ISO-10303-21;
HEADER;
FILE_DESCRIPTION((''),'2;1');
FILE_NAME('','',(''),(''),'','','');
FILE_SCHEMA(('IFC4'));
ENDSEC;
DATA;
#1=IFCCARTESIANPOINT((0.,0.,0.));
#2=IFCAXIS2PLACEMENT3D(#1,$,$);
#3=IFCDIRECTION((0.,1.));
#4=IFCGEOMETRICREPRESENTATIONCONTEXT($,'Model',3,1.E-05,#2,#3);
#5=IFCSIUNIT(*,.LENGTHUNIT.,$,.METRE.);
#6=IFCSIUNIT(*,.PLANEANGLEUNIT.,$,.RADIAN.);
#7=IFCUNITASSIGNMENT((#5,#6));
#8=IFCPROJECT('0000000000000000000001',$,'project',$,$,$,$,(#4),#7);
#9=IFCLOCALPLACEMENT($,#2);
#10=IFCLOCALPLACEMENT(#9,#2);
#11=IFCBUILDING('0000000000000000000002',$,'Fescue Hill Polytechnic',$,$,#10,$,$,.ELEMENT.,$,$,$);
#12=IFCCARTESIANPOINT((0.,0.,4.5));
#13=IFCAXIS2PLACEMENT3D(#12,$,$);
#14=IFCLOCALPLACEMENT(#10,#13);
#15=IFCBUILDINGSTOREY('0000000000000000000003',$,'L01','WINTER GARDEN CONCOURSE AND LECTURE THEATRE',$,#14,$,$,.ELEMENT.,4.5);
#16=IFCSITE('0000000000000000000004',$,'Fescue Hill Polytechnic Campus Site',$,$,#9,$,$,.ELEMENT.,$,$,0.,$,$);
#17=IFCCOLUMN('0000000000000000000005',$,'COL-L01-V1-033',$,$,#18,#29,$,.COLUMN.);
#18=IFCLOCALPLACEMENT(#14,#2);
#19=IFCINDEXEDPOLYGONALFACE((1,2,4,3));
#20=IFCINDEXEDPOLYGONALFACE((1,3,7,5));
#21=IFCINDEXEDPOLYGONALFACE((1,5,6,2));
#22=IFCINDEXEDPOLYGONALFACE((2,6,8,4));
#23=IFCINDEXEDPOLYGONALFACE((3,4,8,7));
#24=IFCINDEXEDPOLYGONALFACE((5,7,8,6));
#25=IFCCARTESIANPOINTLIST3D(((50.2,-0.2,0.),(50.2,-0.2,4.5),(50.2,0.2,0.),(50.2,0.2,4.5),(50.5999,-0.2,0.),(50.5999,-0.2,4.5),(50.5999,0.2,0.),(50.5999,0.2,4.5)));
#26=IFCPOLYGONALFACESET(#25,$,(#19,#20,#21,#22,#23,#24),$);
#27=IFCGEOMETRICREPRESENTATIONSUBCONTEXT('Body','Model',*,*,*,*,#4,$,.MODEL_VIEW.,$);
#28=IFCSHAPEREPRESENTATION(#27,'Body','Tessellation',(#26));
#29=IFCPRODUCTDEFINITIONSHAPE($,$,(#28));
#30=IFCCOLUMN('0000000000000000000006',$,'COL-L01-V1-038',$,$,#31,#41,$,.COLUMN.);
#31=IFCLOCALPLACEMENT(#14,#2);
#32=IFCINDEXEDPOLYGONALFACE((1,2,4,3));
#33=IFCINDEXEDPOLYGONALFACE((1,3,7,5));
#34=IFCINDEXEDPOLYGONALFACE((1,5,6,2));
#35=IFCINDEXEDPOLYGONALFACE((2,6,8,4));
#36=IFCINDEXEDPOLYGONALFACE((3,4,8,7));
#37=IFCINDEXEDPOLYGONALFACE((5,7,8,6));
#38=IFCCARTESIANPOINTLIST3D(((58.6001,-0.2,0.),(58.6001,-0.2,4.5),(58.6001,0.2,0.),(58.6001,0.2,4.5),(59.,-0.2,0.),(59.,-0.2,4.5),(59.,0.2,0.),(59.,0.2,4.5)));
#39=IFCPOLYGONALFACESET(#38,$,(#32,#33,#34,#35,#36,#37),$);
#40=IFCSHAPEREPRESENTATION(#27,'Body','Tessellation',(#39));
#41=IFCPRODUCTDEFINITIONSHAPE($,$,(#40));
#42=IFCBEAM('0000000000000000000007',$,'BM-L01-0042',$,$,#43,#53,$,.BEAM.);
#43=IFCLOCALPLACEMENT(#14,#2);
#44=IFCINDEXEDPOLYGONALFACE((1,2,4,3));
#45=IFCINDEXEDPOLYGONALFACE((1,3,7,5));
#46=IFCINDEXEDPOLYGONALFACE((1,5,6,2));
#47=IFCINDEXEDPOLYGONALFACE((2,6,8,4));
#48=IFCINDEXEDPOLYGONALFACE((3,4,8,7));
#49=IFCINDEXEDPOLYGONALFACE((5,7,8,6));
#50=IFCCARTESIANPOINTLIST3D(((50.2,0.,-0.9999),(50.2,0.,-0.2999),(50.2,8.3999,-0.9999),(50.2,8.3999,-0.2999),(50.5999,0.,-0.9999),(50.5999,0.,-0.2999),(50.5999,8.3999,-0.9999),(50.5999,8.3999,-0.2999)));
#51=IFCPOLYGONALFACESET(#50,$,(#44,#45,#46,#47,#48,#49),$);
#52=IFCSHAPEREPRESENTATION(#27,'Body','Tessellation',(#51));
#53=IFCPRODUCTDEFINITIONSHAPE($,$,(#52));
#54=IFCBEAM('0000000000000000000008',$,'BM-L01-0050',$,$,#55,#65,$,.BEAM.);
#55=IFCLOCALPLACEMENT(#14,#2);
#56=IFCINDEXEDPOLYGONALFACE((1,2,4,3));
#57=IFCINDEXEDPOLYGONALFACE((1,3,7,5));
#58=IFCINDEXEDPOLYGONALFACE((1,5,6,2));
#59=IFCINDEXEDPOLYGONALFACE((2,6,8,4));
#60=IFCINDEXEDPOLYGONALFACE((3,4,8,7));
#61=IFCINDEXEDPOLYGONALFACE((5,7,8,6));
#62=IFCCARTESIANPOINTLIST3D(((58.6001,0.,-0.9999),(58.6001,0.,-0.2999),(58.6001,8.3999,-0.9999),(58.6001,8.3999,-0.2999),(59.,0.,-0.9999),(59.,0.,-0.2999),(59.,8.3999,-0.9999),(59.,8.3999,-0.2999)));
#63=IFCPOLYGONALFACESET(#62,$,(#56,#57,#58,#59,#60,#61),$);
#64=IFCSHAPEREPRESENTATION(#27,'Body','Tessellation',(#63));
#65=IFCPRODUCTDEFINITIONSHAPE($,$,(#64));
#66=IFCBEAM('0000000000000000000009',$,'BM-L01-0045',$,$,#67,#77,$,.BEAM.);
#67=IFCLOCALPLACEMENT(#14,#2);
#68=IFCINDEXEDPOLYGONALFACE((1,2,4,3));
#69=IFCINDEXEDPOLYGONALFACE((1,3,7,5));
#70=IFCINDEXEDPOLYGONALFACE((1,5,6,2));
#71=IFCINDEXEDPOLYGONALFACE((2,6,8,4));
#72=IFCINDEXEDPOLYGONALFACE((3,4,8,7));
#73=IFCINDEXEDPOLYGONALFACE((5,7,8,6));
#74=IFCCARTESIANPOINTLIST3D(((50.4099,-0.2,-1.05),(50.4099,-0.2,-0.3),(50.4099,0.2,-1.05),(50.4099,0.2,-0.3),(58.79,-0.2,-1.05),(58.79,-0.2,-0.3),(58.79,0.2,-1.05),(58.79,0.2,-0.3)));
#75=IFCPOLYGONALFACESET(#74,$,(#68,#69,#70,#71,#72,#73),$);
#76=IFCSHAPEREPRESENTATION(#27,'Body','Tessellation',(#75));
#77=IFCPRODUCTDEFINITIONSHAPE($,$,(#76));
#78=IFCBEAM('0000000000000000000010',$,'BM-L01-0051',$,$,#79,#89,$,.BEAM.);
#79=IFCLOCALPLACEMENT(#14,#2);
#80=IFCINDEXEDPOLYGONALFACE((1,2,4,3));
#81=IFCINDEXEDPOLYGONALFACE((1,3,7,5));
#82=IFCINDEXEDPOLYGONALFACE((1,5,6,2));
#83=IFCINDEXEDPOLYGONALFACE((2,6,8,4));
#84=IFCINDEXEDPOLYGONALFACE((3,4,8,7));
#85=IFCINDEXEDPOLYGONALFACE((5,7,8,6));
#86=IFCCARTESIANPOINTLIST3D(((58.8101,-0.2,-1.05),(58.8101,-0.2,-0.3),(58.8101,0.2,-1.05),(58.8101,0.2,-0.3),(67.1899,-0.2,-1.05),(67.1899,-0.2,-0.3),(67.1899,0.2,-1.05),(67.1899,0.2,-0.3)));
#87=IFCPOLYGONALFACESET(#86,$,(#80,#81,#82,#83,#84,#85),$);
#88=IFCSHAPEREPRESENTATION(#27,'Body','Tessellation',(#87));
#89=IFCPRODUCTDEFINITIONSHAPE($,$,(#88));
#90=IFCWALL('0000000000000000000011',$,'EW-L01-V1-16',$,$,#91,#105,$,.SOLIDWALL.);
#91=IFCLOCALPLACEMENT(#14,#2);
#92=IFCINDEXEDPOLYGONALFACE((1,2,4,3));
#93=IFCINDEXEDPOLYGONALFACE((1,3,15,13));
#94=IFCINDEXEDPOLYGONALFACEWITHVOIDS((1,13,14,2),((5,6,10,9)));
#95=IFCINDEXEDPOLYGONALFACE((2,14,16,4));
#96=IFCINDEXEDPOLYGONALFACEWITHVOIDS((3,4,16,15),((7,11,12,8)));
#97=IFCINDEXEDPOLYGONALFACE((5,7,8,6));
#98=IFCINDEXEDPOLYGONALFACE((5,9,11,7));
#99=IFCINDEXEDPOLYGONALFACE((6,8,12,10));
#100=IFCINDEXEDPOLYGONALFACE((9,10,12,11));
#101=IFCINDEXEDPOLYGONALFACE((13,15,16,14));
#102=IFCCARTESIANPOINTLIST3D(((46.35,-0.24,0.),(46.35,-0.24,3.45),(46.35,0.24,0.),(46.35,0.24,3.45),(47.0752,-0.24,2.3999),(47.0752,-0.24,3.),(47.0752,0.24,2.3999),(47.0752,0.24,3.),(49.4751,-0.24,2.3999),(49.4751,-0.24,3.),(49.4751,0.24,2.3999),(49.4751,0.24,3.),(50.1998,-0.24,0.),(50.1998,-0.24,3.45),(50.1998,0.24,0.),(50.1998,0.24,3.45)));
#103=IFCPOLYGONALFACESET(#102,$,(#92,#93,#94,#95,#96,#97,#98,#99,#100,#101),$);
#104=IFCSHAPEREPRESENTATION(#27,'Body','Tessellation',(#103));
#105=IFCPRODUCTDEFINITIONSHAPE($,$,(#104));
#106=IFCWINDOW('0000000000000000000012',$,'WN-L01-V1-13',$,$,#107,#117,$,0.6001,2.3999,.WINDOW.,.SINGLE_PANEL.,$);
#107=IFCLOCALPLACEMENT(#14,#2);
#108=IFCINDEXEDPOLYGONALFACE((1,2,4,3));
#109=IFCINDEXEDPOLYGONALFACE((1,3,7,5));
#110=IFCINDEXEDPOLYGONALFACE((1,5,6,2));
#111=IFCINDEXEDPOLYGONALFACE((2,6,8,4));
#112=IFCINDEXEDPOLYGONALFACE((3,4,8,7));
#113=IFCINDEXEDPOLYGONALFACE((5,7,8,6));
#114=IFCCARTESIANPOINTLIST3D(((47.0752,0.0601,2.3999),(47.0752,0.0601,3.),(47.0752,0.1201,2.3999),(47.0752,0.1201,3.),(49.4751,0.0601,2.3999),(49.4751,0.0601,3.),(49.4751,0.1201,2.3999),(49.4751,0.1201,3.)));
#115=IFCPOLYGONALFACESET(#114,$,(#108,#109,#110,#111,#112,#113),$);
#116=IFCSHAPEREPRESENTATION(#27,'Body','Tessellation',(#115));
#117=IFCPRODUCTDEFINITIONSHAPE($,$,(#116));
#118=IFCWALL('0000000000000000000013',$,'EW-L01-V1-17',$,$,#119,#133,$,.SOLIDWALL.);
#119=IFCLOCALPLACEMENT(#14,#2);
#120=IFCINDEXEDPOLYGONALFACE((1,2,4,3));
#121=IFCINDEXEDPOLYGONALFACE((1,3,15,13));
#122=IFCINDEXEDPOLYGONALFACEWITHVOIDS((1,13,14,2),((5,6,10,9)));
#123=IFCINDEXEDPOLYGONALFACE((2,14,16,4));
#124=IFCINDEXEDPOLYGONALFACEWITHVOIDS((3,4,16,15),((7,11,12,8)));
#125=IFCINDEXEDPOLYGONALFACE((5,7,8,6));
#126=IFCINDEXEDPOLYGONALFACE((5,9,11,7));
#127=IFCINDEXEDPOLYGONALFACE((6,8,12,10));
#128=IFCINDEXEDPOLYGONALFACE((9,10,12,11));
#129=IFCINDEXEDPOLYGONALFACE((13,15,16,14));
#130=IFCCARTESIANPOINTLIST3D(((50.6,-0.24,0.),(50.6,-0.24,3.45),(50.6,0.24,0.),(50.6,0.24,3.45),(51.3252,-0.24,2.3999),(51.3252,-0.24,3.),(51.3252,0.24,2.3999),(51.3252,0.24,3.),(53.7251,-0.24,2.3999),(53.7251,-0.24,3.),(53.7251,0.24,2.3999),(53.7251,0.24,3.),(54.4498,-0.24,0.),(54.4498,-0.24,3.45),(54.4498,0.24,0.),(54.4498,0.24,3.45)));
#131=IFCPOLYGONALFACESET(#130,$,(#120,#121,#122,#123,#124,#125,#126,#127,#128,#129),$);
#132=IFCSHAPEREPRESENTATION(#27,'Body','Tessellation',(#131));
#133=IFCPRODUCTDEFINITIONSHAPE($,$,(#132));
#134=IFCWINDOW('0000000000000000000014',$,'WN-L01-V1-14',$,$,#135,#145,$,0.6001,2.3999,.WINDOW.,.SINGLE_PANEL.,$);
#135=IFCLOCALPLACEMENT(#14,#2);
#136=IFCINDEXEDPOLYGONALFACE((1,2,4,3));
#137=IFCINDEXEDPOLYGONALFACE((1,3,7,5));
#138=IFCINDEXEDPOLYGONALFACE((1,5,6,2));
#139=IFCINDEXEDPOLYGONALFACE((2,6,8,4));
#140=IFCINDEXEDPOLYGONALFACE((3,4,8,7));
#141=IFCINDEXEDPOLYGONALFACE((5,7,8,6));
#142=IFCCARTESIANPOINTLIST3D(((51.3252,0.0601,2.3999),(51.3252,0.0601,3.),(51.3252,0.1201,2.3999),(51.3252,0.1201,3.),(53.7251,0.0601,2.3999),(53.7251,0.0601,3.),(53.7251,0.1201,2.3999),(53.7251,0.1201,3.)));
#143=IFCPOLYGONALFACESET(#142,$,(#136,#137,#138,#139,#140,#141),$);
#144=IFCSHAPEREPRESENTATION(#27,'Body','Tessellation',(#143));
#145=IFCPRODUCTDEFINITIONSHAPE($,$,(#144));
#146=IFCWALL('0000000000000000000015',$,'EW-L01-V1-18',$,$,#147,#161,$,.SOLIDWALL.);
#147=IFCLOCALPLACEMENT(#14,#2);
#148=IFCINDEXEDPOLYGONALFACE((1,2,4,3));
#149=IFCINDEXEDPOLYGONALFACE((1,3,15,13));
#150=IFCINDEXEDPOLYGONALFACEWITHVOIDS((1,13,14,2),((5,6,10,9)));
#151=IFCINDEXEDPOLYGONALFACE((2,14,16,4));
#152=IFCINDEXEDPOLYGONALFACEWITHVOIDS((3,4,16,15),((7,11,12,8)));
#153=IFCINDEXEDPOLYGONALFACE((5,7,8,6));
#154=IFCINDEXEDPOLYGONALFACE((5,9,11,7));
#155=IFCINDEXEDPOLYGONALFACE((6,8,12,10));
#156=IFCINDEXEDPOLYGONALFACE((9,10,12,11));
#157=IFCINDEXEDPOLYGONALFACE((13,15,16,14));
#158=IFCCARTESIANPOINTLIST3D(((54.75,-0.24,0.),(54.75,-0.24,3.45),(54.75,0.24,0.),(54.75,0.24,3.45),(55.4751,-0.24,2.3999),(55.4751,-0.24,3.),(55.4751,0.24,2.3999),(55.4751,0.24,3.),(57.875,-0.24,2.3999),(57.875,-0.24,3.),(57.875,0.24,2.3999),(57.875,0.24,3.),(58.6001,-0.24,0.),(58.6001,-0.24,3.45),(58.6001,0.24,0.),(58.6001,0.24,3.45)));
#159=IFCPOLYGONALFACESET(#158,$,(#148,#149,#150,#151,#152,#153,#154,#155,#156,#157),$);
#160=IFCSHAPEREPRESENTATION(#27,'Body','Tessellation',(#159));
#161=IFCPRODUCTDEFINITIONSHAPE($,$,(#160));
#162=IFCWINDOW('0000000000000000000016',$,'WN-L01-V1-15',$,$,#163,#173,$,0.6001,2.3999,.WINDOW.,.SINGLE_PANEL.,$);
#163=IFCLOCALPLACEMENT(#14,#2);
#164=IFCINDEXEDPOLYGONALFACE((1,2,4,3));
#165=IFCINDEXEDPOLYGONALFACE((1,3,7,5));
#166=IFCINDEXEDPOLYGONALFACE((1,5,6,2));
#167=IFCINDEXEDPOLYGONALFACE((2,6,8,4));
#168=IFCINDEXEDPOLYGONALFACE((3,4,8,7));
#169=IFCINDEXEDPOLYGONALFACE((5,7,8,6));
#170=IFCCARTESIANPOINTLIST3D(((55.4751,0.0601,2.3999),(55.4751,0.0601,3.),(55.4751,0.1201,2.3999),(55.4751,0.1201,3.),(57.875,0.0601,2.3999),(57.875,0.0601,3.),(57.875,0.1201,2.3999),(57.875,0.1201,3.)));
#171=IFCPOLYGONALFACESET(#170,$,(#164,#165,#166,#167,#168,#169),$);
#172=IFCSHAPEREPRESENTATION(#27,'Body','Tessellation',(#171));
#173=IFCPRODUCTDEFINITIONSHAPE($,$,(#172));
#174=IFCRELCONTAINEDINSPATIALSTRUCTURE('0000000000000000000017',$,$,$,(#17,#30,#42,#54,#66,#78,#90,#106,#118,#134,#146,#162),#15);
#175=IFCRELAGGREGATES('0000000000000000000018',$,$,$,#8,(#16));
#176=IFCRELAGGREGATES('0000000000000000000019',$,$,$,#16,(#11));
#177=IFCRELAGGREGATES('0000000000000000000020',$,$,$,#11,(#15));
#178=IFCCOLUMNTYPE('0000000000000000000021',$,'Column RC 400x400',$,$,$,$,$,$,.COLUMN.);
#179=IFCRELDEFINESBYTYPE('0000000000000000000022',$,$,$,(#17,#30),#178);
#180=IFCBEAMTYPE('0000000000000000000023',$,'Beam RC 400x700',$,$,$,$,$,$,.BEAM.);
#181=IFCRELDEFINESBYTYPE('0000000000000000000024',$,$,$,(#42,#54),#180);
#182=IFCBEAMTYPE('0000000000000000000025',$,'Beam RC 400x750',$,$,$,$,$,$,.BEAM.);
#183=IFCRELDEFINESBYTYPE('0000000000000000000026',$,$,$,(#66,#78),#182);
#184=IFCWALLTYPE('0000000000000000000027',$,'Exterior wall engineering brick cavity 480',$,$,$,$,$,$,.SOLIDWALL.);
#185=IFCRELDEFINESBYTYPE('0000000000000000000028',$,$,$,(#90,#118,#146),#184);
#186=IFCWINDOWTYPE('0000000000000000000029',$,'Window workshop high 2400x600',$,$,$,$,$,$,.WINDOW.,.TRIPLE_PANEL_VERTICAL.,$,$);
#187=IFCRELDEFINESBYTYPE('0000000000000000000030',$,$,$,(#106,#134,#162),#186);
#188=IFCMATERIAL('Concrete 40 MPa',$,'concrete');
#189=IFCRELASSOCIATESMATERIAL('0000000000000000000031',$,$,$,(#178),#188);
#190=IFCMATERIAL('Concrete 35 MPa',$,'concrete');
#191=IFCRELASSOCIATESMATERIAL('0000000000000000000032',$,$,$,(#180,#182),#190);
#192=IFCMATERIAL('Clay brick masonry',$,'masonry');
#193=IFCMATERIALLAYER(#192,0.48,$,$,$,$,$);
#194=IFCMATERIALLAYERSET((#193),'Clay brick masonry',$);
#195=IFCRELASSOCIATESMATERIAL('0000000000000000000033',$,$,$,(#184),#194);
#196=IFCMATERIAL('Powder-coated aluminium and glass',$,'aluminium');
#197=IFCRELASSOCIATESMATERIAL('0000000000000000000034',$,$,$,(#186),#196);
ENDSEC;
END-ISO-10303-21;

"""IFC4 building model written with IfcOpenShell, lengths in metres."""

from ifc_helpers import new_model, si_unit, direction, frame, frame_2d, origin, origin_2d, place, context, subcontext, project, spatial, rectangle, extrude, material, layer, layer_set, material_profile, profile_set, type_object, element, fill, save


model = new_model("IFC4")

# Units and contexts
model_context = context("Model", 3, precision=1e-05, world=origin(), true_north=direction((0.0, 1.0)))
body_context = subcontext(model_context, "Body", "Model", "MODEL_VIEW")
ifc_project = project(units=[si_unit("LENGTHUNIT", "METRE"), si_unit("PLANEANGLEUNIT", "RADIAN")], contexts=[model_context])

# Site, building, storey
site_placement = place(None, origin())
site = spatial("IfcSite", under=ifc_project, at=site_placement, Name="Fescue Hill Polytechnic Campus Site", CompositionType="ELEMENT", RefElevation=0.0)
building_placement = place(site_placement, origin())
building = spatial("IfcBuilding", under=site, at=building_placement, Name="Fescue Hill Polytechnic", CompositionType="ELEMENT")
storey_placement = place(building_placement, frame((0.0, 0.0, 4.5)))
storey = spatial("IfcBuildingStorey", under=building, at=storey_placement, Name="L01", Description="WINTER GARDEN CONCOURSE AND LECTURE THEATRE", CompositionType="ELEMENT", Elevation=4.5)

# Columns
ifc_material_1 = material(Name="Concrete 40 MPa", Category="concrete")
ifc_material_profile_1 = material_profile(ifc_material_1, rectangle(XDim=0.3999, YDim=0.3999, at=origin_2d()), Name="RC 400x400")
ifc_profile_set_1 = profile_set([ifc_material_profile_1], Name="Concrete 40 MPa")
column_type = type_object("IfcColumnType", Name="Column RC 400x400", PredefinedType="COLUMN", material=ifc_profile_set_1)
for number, where, z_axis, x_axis, name in (
    (1, (50.3999, 0.0, 0.0), (0.0, 0.0, 1.0), (1.0, 0.0, 0.0), "COL-L01-V1-033"),
    (2, (58.8, 0.0, 0.0), (0.0, 0.0, 1.0), (1.0, 0.0, 0.0), "COL-L01-V1-038"),
):
    element("IfcColumn", number, at=place(storey_placement, frame(where, z_axis=z_axis, x_axis=x_axis)), inside=storey, type_object=column_type, Name=name, PredefinedType="COLUMN", context=body_context, shape_type="SweptSolid", body=[
        extrude(rectangle(XDim=0.3999, YDim=0.3999, at=origin_2d()), origin(), (0.0, 0.0, 1.0), 4.5),
    ])

# Beams
ifc_material_2 = material(Name="Concrete 35 MPa", Category="concrete")
ifc_material_profile_2 = material_profile(ifc_material_2, rectangle(XDim=0.3999, YDim=0.7, at=origin_2d()), Name="RC 400x700")
ifc_profile_set_2 = profile_set([ifc_material_profile_2], Name="Concrete 35 MPa")
beam_type_1 = type_object("IfcBeamType", Name="Beam RC 400x700", PredefinedType="BEAM", material=ifc_profile_set_2)
for number, where, z_axis, x_axis, name in (
    (3, (50.3999, 0.0, -0.6499), (0.0, 1.0, 0.0), (-1.0, 0.0, 0.0), "BM-L01-0042"),
    (4, (58.8, 0.0, -0.6499), (0.0, 1.0, 0.0), (-1.0, 0.0, 0.0), "BM-L01-0050"),
):
    element("IfcBeam", number, at=place(storey_placement, frame(where, z_axis=z_axis, x_axis=x_axis)), inside=storey, type_object=beam_type_1, Name=name, PredefinedType="BEAM", context=body_context, shape_type="SweptSolid", body=[
        extrude(rectangle(XDim=0.3999, YDim=0.7, at=origin_2d()), origin(), (0.0, 0.0, 1.0), 8.3999),
    ])
ifc_material_profile_3 = material_profile(ifc_material_2, rectangle(XDim=0.3999, YDim=0.75, at=origin_2d()), Name="RC 400x750")
ifc_profile_set_3 = profile_set([ifc_material_profile_3], Name="Concrete 35 MPa")
beam_type_2 = type_object("IfcBeamType", Name="Beam RC 400x750", PredefinedType="BEAM", material=ifc_profile_set_3)
beam_1_placement = place(storey_placement, frame((50.4099, 0.0, -0.675), z_axis=(1.0, 0.0, 0.0), x_axis=(0.0, 1.0, 0.0)))
element("IfcBeam", 5, at=beam_1_placement, inside=storey, type_object=beam_type_2, Name="BM-L01-0045", PredefinedType="BEAM", context=body_context, shape_type="SweptSolid", body=[
    extrude(rectangle(XDim=0.3999, YDim=0.75, at=origin_2d()), origin(), (0.0, 0.0, 1.0), 8.3801),
])
beam_2_placement = place(storey_placement, frame((58.8101, 0.0, -0.675), z_axis=(1.0, 0.0, 0.0), x_axis=(0.0, 1.0, 0.0)))
element("IfcBeam", 6, at=beam_2_placement, inside=storey, type_object=beam_type_2, Name="BM-L01-0051", PredefinedType="BEAM", context=body_context, shape_type="SweptSolid", body=[
    extrude(rectangle(XDim=0.3999, YDim=0.75, at=origin_2d()), origin(), (0.0, 0.0, 1.0), 8.3799),
])

# Walls, openings, windows
ifc_material_3 = material(Name="Clay brick masonry", Category="masonry")
ifc_layer_1 = layer(ifc_material_3, 0.48)
ifc_layer_set_1 = layer_set([ifc_layer_1], Name="Clay brick masonry")
wall_type_1 = type_object("IfcWallType", Name="Exterior wall engineering brick cavity 480", PredefinedType="SOLIDWALL", material=ifc_layer_set_1)
wall_1_placement = place(storey_placement, frame((46.3501, 0.0, 0.0), z_axis=(0.0, 0.0, 1.0), x_axis=(1.0, 0.0, 0.0)))
wall_1 = element("IfcWall", 7, at=wall_1_placement, inside=storey, type_object=wall_type_1, Name="EW-L01-V1-16", PredefinedType="SOLIDWALL", context=body_context, shape_type="SweptSolid", body=[
    extrude(rectangle(XDim=3.8499, YDim=0.48, at=frame_2d((1.9248, 0.0))), origin(), (0.0, 0.0, 1.0), 3.45),
])
opening_1_placement = place(wall_1_placement, frame((0.7251, 0.0, 2.3999)))
opening_1 = element("IfcOpeningElement", 8, at=opening_1_placement, cuts=wall_1, PredefinedType="OPENING", context=body_context, shape_type="SweptSolid", body=[
    extrude(rectangle(XDim=2.3999, YDim=0.6001, at=frame_2d((1.2, 0.3))), frame((0.0, 0.25, 0.0), z_axis=(0.0, -1.0, 0.0), x_axis=(1.0, 0.0, 0.0)), (0.0, 0.0, 1.0), 0.5),
])
ifc_material_4 = material(Name="Powder-coated aluminium and glass", Category="aluminium")
window_type = type_object("IfcWindowType", Name="Window workshop high 2400x600", PartitioningType="TRIPLE_PANEL_VERTICAL", PredefinedType="WINDOW", material=ifc_material_4)
window_1_placement = place(opening_1_placement, origin())
window_1 = element("IfcWindow", 9, at=window_1_placement, inside=storey, type_object=window_type, Name="WN-L01-V1-13", OverallHeight=0.6001, OverallWidth=2.3999, PartitioningType="SINGLE_PANEL", PredefinedType="WINDOW", context=body_context, shape_type="SweptSolid", body=[
    extrude(rectangle(XDim=2.3999, YDim=0.6001, at=frame_2d((1.2, 0.3))), frame((0.0, 0.1201, 0.0), z_axis=(0.0, -1.0, 0.0), x_axis=(1.0, 0.0, 0.0)), (0.0, 0.0, 1.0), 0.0601),
])
fill(opening_1, window_1)
wall_2_placement = place(storey_placement, frame((50.6001, 0.0, 0.0), z_axis=(0.0, 0.0, 1.0), x_axis=(1.0, 0.0, 0.0)))
wall_2 = element("IfcWall", 10, at=wall_2_placement, inside=storey, type_object=wall_type_1, Name="EW-L01-V1-17", PredefinedType="SOLIDWALL", context=body_context, shape_type="SweptSolid", body=[
    extrude(rectangle(XDim=3.8499, YDim=0.48, at=frame_2d((1.9248, 0.0))), origin(), (0.0, 0.0, 1.0), 3.45),
])
opening_2_placement = place(wall_2_placement, frame((0.7251, 0.0, 2.3999)))
opening_2 = element("IfcOpeningElement", 11, at=opening_2_placement, cuts=wall_2, PredefinedType="OPENING", context=body_context, shape_type="SweptSolid", body=[
    extrude(rectangle(XDim=2.3999, YDim=0.6001, at=frame_2d((1.2, 0.3))), frame((0.0, 0.25, 0.0), z_axis=(0.0, -1.0, 0.0), x_axis=(1.0, 0.0, 0.0)), (0.0, 0.0, 1.0), 0.5),
])
window_2_placement = place(opening_2_placement, origin())
window_2 = element("IfcWindow", 12, at=window_2_placement, inside=storey, type_object=window_type, Name="WN-L01-V1-14", OverallHeight=0.6001, OverallWidth=2.3999, PartitioningType="SINGLE_PANEL", PredefinedType="WINDOW", context=body_context, shape_type="SweptSolid", body=[
    extrude(rectangle(XDim=2.3999, YDim=0.6001, at=frame_2d((1.2, 0.3))), frame((0.0, 0.1201, 0.0), z_axis=(0.0, -1.0, 0.0), x_axis=(1.0, 0.0, 0.0)), (0.0, 0.0, 1.0), 0.0601),
])
fill(opening_2, window_2)
wall_3_placement = place(storey_placement, frame((54.75, 0.0, 0.0), z_axis=(0.0, 0.0, 1.0), x_axis=(1.0, 0.0, 0.0)))
wall_3 = element("IfcWall", 13, at=wall_3_placement, inside=storey, type_object=wall_type_1, Name="EW-L01-V1-18", PredefinedType="SOLIDWALL", context=body_context, shape_type="SweptSolid", body=[
    extrude(rectangle(XDim=3.8501, YDim=0.48, at=frame_2d((1.925, 0.0))), origin(), (0.0, 0.0, 1.0), 3.45),
])
opening_3_placement = place(wall_3_placement, frame((0.7251, 0.0, 2.3999)))
opening_3 = element("IfcOpeningElement", 14, at=opening_3_placement, cuts=wall_3, PredefinedType="OPENING", context=body_context, shape_type="SweptSolid", body=[
    extrude(rectangle(XDim=2.3999, YDim=0.6001, at=frame_2d((1.2, 0.3))), frame((0.0, 0.25, 0.0), z_axis=(0.0, -1.0, 0.0), x_axis=(1.0, 0.0, 0.0)), (0.0, 0.0, 1.0), 0.5),
])
window_3_placement = place(opening_3_placement, origin())
window_3 = element("IfcWindow", 15, at=window_3_placement, inside=storey, type_object=window_type, Name="WN-L01-V1-15", OverallHeight=0.6001, OverallWidth=2.3999, PartitioningType="SINGLE_PANEL", PredefinedType="WINDOW", context=body_context, shape_type="SweptSolid", body=[
    extrude(rectangle(XDim=2.3999, YDim=0.6001, at=frame_2d((1.2, 0.3))), frame((0.0, 0.1201, 0.0), z_axis=(0.0, -1.0, 0.0), x_axis=(1.0, 0.0, 0.0)), (0.0, 0.0, 1.0), 0.0601),
])
fill(opening_3, window_3)

save(model, "model.ifc")
